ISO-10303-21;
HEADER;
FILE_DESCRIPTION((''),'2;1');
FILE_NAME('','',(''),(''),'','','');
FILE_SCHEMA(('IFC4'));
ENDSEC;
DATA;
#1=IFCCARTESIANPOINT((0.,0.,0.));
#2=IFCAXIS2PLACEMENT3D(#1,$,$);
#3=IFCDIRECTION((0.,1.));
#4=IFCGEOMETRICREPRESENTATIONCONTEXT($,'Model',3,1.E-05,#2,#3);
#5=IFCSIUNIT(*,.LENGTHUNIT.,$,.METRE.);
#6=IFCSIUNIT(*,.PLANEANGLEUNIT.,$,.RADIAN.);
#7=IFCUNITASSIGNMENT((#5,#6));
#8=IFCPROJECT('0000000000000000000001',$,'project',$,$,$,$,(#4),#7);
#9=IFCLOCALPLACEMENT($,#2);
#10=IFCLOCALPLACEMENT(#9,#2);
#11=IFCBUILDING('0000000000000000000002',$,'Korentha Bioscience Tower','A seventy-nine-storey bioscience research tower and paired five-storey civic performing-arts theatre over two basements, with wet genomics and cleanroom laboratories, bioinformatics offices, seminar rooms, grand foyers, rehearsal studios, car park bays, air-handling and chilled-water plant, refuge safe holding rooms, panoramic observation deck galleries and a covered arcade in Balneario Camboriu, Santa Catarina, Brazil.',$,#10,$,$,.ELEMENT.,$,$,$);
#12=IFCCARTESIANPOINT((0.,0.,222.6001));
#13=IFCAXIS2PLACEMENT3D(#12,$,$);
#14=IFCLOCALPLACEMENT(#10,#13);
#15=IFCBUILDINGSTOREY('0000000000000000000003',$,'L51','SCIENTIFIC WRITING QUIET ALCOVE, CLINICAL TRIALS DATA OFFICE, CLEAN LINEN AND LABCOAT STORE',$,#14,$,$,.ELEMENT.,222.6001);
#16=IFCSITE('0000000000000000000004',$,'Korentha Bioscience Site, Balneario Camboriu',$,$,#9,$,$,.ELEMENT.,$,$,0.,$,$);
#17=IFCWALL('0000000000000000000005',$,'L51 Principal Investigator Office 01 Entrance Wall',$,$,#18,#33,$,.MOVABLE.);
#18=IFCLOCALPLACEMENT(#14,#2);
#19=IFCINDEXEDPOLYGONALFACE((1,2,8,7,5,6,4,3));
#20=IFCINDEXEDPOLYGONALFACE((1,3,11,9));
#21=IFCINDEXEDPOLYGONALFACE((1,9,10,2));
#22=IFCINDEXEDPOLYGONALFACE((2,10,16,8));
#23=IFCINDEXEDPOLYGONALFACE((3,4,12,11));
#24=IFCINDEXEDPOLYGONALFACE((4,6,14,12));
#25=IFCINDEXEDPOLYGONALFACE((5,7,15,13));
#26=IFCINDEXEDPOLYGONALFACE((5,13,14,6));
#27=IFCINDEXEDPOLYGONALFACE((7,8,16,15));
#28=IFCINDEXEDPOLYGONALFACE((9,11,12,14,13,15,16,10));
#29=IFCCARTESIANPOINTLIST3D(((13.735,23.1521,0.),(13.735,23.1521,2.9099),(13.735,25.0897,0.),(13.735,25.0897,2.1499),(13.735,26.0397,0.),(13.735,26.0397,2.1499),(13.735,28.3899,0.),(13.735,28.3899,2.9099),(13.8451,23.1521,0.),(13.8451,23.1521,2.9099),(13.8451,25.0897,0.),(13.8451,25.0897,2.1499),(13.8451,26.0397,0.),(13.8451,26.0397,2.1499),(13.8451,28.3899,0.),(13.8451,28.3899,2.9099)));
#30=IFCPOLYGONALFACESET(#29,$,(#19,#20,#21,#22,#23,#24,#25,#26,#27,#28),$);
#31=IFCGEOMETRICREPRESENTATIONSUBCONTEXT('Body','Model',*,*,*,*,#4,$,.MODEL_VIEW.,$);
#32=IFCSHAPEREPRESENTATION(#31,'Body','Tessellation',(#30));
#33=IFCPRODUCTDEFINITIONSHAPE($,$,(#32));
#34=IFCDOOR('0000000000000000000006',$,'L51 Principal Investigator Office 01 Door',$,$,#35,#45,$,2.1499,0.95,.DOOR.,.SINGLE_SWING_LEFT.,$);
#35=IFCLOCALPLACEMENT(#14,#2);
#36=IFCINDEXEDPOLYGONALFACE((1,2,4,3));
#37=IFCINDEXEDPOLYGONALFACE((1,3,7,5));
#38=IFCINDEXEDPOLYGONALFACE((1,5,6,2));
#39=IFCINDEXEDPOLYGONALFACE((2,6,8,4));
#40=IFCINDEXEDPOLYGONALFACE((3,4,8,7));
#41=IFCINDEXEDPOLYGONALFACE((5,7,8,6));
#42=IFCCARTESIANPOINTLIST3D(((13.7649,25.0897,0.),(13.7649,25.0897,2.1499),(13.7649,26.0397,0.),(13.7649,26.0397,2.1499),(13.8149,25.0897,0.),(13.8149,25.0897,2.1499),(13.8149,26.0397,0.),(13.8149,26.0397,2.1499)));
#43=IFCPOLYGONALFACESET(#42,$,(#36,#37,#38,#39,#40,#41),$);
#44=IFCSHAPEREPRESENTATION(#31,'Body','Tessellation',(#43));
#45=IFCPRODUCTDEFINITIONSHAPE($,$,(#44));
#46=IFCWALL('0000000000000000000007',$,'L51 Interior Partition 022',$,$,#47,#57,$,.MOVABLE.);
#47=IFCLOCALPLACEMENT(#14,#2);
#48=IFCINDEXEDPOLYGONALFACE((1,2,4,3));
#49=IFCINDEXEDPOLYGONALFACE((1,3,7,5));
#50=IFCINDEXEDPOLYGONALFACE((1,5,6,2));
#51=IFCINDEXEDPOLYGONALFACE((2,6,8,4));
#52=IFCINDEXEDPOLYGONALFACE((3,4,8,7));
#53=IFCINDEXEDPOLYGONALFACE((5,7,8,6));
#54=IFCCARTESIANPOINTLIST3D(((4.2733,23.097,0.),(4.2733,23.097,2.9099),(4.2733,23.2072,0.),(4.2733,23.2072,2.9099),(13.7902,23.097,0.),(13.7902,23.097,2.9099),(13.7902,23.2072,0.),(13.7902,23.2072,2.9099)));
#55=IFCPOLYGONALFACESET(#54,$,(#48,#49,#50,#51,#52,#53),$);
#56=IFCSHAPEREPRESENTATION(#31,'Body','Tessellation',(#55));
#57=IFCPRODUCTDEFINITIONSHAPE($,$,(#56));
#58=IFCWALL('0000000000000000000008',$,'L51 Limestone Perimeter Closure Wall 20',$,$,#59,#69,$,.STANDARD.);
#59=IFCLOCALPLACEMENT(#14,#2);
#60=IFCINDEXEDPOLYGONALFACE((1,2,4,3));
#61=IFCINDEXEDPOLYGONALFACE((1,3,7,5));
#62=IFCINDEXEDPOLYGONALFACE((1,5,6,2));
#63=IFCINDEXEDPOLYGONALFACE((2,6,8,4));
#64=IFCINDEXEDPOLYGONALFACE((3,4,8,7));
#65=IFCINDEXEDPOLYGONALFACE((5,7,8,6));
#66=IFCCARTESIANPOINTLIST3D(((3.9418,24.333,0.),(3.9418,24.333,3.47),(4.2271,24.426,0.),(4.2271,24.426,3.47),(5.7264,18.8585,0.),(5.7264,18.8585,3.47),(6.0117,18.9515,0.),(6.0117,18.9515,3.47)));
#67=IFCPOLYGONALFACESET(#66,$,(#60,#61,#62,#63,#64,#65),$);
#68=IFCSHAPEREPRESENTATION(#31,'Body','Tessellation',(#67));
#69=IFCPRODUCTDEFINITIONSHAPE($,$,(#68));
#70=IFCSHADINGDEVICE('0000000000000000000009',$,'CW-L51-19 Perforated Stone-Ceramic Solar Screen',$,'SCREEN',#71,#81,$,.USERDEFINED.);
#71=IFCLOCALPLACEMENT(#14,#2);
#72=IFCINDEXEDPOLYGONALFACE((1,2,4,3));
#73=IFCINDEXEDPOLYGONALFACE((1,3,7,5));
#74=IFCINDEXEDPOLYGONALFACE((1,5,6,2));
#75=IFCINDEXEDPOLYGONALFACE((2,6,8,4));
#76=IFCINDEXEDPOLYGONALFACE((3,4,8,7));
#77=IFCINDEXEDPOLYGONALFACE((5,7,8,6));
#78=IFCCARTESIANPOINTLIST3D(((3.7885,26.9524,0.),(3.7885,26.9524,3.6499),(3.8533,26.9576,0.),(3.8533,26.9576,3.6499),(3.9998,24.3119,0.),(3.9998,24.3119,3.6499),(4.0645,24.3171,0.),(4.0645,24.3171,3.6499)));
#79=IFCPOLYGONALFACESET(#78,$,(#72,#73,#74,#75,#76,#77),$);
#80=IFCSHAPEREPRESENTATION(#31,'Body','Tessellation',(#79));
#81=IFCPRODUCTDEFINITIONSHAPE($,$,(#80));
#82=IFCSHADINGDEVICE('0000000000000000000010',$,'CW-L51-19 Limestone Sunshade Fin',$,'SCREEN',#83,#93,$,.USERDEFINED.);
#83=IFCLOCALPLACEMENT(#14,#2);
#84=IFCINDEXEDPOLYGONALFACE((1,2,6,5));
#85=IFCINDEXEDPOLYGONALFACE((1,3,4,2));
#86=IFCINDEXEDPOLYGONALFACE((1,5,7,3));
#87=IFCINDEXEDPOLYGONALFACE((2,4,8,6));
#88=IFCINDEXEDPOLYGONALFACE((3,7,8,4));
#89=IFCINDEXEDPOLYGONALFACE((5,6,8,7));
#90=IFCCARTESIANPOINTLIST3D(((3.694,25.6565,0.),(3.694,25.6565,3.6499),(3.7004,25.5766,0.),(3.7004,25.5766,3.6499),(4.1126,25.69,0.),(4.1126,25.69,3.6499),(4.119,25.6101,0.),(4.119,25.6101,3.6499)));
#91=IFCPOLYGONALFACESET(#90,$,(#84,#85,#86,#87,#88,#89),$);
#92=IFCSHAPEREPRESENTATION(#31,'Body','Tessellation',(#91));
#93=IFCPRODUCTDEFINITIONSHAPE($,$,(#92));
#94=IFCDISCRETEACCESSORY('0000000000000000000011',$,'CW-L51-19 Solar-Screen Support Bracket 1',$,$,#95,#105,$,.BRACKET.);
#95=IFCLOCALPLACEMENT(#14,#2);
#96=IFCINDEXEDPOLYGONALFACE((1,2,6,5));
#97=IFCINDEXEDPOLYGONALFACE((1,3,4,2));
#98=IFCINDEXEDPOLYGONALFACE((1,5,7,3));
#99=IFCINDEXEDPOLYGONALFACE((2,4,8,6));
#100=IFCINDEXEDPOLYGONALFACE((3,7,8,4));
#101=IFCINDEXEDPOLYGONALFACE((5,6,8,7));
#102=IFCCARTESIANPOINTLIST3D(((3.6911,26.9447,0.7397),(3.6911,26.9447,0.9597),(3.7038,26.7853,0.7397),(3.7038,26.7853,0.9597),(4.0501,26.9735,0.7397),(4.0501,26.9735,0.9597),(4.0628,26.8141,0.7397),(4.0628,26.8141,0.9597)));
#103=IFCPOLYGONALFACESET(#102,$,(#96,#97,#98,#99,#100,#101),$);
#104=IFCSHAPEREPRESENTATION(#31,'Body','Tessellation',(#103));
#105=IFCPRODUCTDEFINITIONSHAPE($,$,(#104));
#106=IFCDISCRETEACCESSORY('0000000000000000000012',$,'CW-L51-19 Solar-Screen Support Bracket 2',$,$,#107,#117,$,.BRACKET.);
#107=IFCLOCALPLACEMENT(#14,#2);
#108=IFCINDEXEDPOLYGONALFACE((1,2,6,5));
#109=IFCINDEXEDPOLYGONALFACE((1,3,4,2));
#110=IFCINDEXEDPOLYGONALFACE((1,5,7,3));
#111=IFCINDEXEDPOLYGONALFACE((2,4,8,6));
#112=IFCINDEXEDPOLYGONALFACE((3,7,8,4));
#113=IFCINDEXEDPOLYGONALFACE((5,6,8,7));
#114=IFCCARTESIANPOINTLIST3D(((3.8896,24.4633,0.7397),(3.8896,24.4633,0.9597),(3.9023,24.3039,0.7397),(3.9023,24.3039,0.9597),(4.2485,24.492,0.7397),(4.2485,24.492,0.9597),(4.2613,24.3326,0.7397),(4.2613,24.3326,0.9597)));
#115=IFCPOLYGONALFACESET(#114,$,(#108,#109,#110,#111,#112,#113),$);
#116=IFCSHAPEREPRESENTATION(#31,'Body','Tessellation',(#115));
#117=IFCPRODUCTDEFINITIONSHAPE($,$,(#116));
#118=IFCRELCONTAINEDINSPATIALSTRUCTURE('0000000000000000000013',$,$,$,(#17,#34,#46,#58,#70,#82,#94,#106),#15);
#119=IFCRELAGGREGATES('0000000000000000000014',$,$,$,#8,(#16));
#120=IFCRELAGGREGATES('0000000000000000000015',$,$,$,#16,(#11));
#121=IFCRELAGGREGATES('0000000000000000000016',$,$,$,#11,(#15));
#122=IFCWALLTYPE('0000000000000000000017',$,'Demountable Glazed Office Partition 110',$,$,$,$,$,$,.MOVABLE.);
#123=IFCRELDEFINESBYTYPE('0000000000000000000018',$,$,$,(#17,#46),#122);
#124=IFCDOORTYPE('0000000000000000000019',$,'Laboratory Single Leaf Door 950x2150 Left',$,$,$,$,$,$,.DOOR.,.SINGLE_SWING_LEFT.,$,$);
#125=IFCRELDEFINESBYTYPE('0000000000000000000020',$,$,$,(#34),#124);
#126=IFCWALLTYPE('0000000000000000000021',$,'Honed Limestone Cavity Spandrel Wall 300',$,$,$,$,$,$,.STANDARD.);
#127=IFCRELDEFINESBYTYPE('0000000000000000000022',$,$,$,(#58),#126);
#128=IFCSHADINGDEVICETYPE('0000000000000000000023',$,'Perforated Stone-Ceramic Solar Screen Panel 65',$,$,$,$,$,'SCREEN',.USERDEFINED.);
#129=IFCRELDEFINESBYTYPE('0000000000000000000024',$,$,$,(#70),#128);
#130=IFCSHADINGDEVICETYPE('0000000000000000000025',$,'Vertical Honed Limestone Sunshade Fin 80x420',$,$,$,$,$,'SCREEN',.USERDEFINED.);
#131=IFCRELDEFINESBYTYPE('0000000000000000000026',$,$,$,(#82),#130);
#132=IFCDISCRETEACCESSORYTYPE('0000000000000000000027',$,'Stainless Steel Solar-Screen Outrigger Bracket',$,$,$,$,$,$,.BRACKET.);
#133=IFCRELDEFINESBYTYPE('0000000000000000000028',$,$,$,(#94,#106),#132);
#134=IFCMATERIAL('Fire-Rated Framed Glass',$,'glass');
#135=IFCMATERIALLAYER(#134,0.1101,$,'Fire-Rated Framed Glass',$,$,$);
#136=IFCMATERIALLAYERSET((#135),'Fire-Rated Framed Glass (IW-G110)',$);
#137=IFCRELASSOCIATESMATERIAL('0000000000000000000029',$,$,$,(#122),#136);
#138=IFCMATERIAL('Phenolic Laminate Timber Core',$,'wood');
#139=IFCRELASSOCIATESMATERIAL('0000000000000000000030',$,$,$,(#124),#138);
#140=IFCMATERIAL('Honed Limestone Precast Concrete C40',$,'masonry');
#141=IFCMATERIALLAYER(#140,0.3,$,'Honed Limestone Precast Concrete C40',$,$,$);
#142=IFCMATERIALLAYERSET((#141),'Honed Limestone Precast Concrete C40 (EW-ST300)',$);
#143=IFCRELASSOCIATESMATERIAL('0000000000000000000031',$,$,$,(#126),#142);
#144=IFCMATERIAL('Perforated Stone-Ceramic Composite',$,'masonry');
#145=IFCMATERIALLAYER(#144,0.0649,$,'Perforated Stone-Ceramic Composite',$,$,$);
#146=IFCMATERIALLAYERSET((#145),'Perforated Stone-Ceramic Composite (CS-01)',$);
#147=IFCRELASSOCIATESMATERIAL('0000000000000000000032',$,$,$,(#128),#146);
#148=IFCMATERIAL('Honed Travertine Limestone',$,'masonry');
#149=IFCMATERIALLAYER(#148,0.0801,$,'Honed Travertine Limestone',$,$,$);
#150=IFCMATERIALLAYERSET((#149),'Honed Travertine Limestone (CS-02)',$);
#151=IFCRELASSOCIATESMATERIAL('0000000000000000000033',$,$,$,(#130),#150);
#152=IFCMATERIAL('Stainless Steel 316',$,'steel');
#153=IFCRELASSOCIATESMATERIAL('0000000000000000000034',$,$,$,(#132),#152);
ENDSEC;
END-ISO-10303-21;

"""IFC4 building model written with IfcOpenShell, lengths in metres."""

from ifc_helpers import new_model, si_unit, direction, frame, frame_2d, origin, origin_2d, place, context, subcontext, project, spatial, rectangle, extrude, material, layer, layer_set, type_object, element, fill, save


model = new_model("IFC4")

# Units and contexts
model_context = context("Model", 3, precision=1e-05, world=origin(), true_north=direction((0.0, 1.0)))
body_context = subcontext(model_context, "Body", "Model", "MODEL_VIEW")
ifc_project = project(units=[si_unit("LENGTHUNIT", "METRE"), si_unit("PLANEANGLEUNIT", "RADIAN")], contexts=[model_context])

# Site, building, storey
site_placement = place(None, origin())
site = spatial("IfcSite", under=ifc_project, at=site_placement, Name="Korentha Bioscience Site, Balneario Camboriu", CompositionType="ELEMENT", RefElevation=0.0)
building_placement = place(site_placement, origin())
building = spatial("IfcBuilding", under=site, at=building_placement, Name="Korentha Bioscience Tower", Description="A seventy-nine-storey bioscience research tower and paired five-storey civic performing-arts theatre over two basements, with wet genomics and cleanroom laboratories, bioinformatics offices, seminar rooms, grand foyers, rehearsal studios, car park bays, air-handling and chilled-water plant, refuge safe holding rooms, panoramic observation deck galleries and a covered arcade in Balneario Camboriu, Santa Catarina, Brazil.", CompositionType="ELEMENT")
storey_placement = place(building_placement, frame((0.0, 0.0, 222.6001)))
storey = spatial("IfcBuildingStorey", under=building, at=storey_placement, Name="L51", Description="SCIENTIFIC WRITING QUIET ALCOVE, CLINICAL TRIALS DATA OFFICE, CLEAN LINEN AND LABCOAT STORE", CompositionType="ELEMENT", Elevation=222.6001)

# Wall, opening, door
ifc_material_1 = material(Name="Fire-Rated Framed Glass", Category="glass")
ifc_layer_1 = layer(ifc_material_1, 0.1101, Name="Fire-Rated Framed Glass")
ifc_layer_set_1 = layer_set([ifc_layer_1], Name="Fire-Rated Framed Glass (IW-G110)")
wall_type_1 = type_object("IfcWallType", Name="Demountable Glazed Office Partition 110", PredefinedType="MOVABLE", material=ifc_layer_set_1)
wall_1_placement = place(storey_placement, frame((13.79, 28.3899, 0.0), z_axis=(0.0, 0.0, 1.0), x_axis=(0.0, -1.0, 0.0)))
wall_1 = element("IfcWall", 1, at=wall_1_placement, inside=storey, type_object=wall_type_1, Name="L51 Principal Investigator Office 01 Entrance Wall", PredefinedType="MOVABLE", context=body_context, shape_type="SweptSolid", body=[
    extrude(rectangle(XDim=5.2378, YDim=0.1101, at=frame_2d((2.6189, 0.0))), origin(), (0.0, 0.0, 1.0), 2.9099),
])
opening_placement = place(wall_1_placement, frame((2.3501, 0.0, 0.0)))
opening = element("IfcOpeningElement", 2, at=opening_placement, cuts=wall_1, PredefinedType="OPENING", context=body_context, shape_type="SweptSolid", body=[
    extrude(rectangle(XDim=0.95, YDim=2.1499, at=frame_2d((0.4751, 1.075))), frame((0.0, 0.0698, 0.0), z_axis=(0.0, -1.0, 0.0), x_axis=(1.0, 0.0, 0.0)), (0.0, 0.0, 1.0), 0.1399),
])
ifc_material_2 = material(Name="Phenolic Laminate Timber Core", Category="wood")
door_type = type_object("IfcDoorType", Name="Laboratory Single Leaf Door 950x2150 Left", OperationType="SINGLE_SWING_LEFT", PredefinedType="DOOR", material=ifc_material_2)
door_placement = place(opening_placement, origin())
door = element("IfcDoor", 3, at=door_placement, inside=storey, type_object=door_type, Name="L51 Principal Investigator Office 01 Door", OperationType="SINGLE_SWING_LEFT", OverallHeight=2.1499, OverallWidth=0.95, PredefinedType="DOOR", context=body_context, shape_type="SweptSolid", body=[
    extrude(rectangle(XDim=0.95, YDim=2.1499, at=frame_2d((0.4751, 1.075))), frame((0.0, 0.0249, 0.0), z_axis=(0.0, -1.0, 0.0), x_axis=(1.0, 0.0, 0.0)), (0.0, 0.0, 1.0), 0.05),
])
fill(opening, door)

# Walls
wall_2_placement = place(storey_placement, frame((13.79, 23.1521, 0.0), z_axis=(0.0, 0.0, 1.0), x_axis=(-1.0, 0.0, 0.0)))
element("IfcWall", 4, at=wall_2_placement, inside=storey, type_object=wall_type_1, Name="L51 Interior Partition 022", PredefinedType="MOVABLE", context=body_context, shape_type="SweptSolid", body=[
    extrude(rectangle(XDim=9.5168, YDim=0.1101, at=frame_2d((4.7583, 0.0))), origin(), (0.0, 0.0, 1.0), 2.9099),
])
ifc_material_3 = material(Name="Honed Limestone Precast Concrete C40", Category="masonry")
ifc_layer_2 = layer(ifc_material_3, 0.3, Name="Honed Limestone Precast Concrete C40")
ifc_layer_set_2 = layer_set([ifc_layer_2], Name="Honed Limestone Precast Concrete C40 (EW-ST300)")
wall_type_2 = type_object("IfcWallType", Name="Honed Limestone Cavity Spandrel Wall 300", PredefinedType="STANDARD", material=ifc_layer_set_2)
wall_3_placement = place(storey_placement, frame((4.0845, 24.3794, 0.0), z_axis=(0.0, 0.0, 1.0), x_axis=(0.309937, -0.950757, 0.0)))
element("IfcWall", 5, at=wall_3_placement, inside=storey, type_object=wall_type_2, Name="L51 Limestone Perimeter Closure Wall 20", PredefinedType="STANDARD", context=body_context, shape_type="SweptSolid", body=[
    extrude(rectangle(XDim=5.7581, YDim=0.3, at=frame_2d((2.8789, 0.0))), origin(), (0.0, 0.0, 1.0), 3.47),
])

# Shading devices
ifc_material_4 = material(Name="Perforated Stone-Ceramic Composite", Category="masonry")
ifc_layer_3 = layer(ifc_material_4, 0.0649, Name="Perforated Stone-Ceramic Composite")
ifc_layer_set_3 = layer_set([ifc_layer_3], Name="Perforated Stone-Ceramic Composite (CS-01)")
shading_device_type_1 = type_object("IfcShadingDeviceType", Name="Perforated Stone-Ceramic Solar Screen Panel 65", ElementType="SCREEN", PredefinedType="USERDEFINED", material=ifc_layer_set_3)
shading_device_1_placement = place(storey_placement, frame((3.9265, 25.6348, 0.0), z_axis=(0.0, 0.0, 1.0), x_axis=(0.079748, -0.996815, 0.0)))
element("IfcShadingDevice", 6, at=shading_device_1_placement, inside=storey, type_object=shading_device_type_1, Name="CW-L51-19 Perforated Stone-Ceramic Solar Screen", ObjectType="SCREEN", PredefinedType="USERDEFINED", context=body_context, shape_type="SweptSolid", body=[
    extrude(rectangle(XDim=2.6489, YDim=0.0649, at=origin_2d()), origin(), (0.0, 0.0, 1.0), 3.6499),
])
ifc_material_5 = material(Name="Honed Travertine Limestone", Category="masonry")
ifc_layer_4 = layer(ifc_material_5, 0.0801, Name="Honed Travertine Limestone")
ifc_layer_set_4 = layer_set([ifc_layer_4], Name="Honed Travertine Limestone (CS-02)")
shading_device_type_2 = type_object("IfcShadingDeviceType", Name="Vertical Honed Limestone Sunshade Fin 80x420", ElementType="SCREEN", PredefinedType="USERDEFINED", material=ifc_layer_set_4)
shading_device_2_placement = place(storey_placement, frame((3.9065, 25.6333, 0.0), z_axis=(0.0, 0.0, 1.0), x_axis=(0.079748, -0.996815, 0.0)))
element("IfcShadingDevice", 7, at=shading_device_2_placement, inside=storey, type_object=shading_device_type_2, Name="CW-L51-19 Limestone Sunshade Fin", ObjectType="SCREEN", PredefinedType="USERDEFINED", context=body_context, shape_type="SweptSolid", body=[
    extrude(rectangle(XDim=0.0801, YDim=0.4199, at=origin_2d()), origin(), (0.0, 0.0, 1.0), 3.6499),
])

# Discrete accessories
ifc_material_6 = material(Name="Stainless Steel 316", Category="steel")
discrete_accessory_type = type_object("IfcDiscreteAccessoryType", Name="Stainless Steel Solar-Screen Outrigger Bracket", PredefinedType="BRACKET", material=ifc_material_6)
for number, where, z_axis, x_axis, name in (
    (8, (3.877, 26.8794, 0.7397), (0.0, 0.0, 1.0), (0.079748, -0.996815, 0.0), "CW-L51-19 Solar-Screen Support Bracket 1"),
    (9, (4.0754, 24.3979, 0.7397), (0.0, 0.0, 1.0), (0.079748, -0.996815, 0.0), "CW-L51-19 Solar-Screen Support Bracket 2"),
):
    element("IfcDiscreteAccessory", number, at=place(storey_placement, frame(where, z_axis=z_axis, x_axis=x_axis)), inside=storey, type_object=discrete_accessory_type, Name=name, PredefinedType="BRACKET", context=body_context, shape_type="SweptSolid", body=[
        extrude(rectangle(XDim=0.1599, YDim=0.3601, at=origin_2d()), origin(), (0.0, 0.0, 1.0), 0.22),
    ])

save(model, "model.ifc")
